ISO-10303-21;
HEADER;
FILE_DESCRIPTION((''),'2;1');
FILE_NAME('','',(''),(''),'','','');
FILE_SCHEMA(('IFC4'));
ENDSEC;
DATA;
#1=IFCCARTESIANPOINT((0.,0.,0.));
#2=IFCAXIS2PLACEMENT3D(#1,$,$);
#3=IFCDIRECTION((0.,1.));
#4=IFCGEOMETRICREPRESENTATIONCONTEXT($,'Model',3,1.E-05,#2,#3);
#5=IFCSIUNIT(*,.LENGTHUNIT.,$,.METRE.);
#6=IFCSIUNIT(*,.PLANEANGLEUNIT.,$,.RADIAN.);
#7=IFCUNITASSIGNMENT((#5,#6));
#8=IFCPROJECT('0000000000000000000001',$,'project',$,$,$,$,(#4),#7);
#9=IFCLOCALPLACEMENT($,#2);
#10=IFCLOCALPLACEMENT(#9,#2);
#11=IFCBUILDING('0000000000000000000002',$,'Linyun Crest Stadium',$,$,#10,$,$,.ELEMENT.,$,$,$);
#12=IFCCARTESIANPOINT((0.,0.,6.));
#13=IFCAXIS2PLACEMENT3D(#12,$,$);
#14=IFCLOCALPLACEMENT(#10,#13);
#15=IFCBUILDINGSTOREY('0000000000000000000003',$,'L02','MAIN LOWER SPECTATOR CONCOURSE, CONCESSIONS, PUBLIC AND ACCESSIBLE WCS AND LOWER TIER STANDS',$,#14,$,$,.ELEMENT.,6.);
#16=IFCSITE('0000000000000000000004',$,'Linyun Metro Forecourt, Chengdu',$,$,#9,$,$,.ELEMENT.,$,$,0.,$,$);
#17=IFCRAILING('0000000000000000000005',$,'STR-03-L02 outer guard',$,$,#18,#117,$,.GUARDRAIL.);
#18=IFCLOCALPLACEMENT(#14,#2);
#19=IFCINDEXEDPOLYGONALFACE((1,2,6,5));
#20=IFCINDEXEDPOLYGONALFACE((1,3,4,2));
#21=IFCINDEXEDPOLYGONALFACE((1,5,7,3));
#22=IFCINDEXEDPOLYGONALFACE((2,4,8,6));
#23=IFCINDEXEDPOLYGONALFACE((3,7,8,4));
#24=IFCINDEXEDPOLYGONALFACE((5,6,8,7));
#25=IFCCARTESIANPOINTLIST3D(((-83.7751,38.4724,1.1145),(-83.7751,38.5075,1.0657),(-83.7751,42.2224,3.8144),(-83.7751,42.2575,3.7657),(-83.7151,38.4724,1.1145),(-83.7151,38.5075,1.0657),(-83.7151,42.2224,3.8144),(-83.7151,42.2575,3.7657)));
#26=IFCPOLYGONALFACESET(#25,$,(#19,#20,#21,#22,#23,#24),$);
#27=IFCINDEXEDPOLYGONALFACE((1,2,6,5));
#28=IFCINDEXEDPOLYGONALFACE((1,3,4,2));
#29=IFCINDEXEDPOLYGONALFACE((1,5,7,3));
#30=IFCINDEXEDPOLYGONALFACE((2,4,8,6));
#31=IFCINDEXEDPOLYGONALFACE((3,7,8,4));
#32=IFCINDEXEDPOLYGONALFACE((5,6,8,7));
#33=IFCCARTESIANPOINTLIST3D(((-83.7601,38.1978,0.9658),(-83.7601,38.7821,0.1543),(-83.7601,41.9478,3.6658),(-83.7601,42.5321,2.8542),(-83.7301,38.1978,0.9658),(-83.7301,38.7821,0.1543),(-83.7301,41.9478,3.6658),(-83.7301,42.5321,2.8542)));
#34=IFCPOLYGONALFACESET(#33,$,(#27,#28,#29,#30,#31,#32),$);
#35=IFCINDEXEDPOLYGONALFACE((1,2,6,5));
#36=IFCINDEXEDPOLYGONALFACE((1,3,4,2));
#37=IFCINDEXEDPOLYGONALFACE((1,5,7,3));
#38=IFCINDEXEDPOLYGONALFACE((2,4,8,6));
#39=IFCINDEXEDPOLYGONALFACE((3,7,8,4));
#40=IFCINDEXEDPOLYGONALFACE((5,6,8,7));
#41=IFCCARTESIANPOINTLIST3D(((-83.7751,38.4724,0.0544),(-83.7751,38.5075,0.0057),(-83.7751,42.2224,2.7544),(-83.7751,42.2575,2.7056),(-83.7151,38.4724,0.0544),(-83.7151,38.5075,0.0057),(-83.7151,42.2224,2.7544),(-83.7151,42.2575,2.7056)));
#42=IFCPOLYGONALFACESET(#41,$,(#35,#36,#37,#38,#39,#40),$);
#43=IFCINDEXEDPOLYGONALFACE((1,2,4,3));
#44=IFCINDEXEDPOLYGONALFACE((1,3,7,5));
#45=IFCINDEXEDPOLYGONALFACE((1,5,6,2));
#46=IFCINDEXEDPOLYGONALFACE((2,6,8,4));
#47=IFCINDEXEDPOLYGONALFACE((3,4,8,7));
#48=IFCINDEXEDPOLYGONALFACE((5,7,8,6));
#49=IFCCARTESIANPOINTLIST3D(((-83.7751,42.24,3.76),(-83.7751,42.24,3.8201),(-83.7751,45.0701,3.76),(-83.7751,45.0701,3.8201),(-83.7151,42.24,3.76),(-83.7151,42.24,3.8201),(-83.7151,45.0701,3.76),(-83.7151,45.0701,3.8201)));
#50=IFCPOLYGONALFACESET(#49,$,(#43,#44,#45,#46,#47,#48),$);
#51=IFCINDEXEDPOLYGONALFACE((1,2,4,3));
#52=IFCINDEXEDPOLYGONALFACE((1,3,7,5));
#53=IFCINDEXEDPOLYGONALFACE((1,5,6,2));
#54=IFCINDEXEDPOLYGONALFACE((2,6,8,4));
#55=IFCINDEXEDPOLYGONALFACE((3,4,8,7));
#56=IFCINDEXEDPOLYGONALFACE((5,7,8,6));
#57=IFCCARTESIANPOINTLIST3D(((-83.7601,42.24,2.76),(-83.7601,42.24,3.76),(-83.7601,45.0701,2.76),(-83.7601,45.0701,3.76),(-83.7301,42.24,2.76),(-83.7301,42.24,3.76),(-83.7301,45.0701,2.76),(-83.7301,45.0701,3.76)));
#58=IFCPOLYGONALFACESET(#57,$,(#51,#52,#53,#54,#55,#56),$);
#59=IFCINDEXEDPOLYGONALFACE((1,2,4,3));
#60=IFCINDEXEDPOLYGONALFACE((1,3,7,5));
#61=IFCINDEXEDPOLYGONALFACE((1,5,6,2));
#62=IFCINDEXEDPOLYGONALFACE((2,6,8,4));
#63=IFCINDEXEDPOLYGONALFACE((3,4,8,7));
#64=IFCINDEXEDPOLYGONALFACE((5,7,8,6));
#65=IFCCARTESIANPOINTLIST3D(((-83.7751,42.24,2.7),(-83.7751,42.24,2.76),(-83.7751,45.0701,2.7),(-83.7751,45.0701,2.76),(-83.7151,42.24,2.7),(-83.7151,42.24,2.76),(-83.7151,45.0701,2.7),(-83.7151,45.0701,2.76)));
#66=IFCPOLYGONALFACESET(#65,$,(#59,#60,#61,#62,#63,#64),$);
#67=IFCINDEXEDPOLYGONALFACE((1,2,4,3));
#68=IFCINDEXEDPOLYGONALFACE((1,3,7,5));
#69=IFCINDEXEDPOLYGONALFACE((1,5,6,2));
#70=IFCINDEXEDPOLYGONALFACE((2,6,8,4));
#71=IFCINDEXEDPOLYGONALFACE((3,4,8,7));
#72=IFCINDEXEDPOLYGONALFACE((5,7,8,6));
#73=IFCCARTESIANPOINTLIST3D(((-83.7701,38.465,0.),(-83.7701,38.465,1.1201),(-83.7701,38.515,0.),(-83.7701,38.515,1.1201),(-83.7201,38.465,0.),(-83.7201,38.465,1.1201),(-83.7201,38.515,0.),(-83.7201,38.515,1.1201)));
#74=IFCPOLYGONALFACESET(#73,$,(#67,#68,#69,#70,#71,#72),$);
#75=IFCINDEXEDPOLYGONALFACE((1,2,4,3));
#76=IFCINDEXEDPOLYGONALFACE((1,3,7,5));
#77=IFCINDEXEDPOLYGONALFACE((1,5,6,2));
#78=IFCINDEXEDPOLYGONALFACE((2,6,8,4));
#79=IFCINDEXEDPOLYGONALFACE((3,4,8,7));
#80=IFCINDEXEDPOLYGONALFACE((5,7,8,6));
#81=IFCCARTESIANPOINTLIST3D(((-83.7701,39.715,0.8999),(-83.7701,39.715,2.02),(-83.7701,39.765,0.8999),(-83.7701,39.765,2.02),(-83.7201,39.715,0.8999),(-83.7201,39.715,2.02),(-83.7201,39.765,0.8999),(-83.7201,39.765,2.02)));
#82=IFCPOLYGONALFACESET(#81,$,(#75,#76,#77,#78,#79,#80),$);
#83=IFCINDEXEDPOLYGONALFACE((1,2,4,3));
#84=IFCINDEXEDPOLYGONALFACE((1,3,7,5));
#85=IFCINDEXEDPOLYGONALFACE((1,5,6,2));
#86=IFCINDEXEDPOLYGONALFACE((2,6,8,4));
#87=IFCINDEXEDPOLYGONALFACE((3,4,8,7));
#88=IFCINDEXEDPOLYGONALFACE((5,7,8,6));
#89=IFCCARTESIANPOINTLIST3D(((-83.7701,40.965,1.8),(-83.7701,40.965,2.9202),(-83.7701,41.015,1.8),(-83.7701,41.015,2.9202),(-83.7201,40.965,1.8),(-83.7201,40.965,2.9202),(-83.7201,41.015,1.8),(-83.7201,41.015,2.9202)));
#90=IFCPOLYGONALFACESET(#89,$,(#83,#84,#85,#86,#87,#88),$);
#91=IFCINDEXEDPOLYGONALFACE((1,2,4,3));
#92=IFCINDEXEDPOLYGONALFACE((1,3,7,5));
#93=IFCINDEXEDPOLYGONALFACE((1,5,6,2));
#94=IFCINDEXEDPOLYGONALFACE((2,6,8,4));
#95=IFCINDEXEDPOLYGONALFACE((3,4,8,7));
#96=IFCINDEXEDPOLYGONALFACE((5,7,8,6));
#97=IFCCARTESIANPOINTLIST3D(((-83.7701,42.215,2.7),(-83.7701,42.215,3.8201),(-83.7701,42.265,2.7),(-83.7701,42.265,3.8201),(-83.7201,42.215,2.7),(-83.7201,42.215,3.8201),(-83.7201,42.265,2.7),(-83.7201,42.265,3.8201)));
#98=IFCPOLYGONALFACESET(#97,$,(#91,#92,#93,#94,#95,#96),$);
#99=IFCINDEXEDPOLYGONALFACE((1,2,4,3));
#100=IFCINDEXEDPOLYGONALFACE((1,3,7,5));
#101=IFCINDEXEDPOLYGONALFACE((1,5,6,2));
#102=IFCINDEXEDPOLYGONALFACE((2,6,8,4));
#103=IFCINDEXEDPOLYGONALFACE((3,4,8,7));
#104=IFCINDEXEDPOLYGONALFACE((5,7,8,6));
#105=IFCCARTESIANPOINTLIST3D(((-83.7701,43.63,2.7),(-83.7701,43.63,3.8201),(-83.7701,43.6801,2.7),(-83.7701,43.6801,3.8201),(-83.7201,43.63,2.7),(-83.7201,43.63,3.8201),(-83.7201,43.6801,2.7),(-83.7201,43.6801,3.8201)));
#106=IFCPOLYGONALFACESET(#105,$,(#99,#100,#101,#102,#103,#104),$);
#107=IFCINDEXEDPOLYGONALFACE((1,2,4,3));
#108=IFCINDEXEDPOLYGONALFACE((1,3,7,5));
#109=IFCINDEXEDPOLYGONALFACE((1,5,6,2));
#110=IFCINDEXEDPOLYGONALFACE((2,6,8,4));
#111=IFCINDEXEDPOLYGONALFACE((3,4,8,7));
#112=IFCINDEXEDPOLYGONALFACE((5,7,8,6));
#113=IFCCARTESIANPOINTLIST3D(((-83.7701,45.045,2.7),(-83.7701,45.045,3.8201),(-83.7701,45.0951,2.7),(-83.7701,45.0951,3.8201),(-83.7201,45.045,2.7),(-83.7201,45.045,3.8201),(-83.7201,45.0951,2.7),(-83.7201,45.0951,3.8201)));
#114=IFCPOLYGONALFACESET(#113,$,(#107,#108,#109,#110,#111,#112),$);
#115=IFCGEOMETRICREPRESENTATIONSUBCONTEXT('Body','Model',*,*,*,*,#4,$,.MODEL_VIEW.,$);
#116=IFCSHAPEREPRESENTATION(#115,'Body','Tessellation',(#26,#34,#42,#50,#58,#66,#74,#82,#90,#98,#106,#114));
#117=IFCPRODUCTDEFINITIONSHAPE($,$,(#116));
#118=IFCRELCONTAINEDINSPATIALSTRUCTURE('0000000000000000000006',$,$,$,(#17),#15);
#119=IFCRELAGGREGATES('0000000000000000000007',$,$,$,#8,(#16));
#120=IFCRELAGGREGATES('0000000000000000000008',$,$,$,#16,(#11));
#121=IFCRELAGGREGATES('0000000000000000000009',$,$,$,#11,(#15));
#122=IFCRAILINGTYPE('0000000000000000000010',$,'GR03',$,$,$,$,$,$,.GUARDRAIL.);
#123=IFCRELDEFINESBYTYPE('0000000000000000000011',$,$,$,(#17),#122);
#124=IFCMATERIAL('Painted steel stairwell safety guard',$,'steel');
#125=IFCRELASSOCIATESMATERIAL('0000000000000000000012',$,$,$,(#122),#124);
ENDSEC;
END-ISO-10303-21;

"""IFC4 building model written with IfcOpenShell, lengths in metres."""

from ifc_helpers import new_model, si_unit, direction, frame, origin, origin_2d, place, context, subcontext, project, spatial, rectangle, extrude, material, type_object, element, save


model = new_model("IFC4")

# Units and contexts
model_context = context("Model", 3, precision=1e-05, world=origin(), true_north=direction((0.0, 1.0)))
body_context = subcontext(model_context, "Body", "Model", "MODEL_VIEW")
ifc_project = project(units=[si_unit("LENGTHUNIT", "METRE"), si_unit("PLANEANGLEUNIT", "RADIAN")], contexts=[model_context])

# Site, building, storey
site_placement = place(None, origin())
site = spatial("IfcSite", under=ifc_project, at=site_placement, Name="Linyun Metro Forecourt, Chengdu", CompositionType="ELEMENT", RefElevation=0.0)
building_placement = place(site_placement, origin())
building = spatial("IfcBuilding", under=site, at=building_placement, Name="Linyun Crest Stadium", CompositionType="ELEMENT")
storey_placement = place(building_placement, frame((0.0, 0.0, 6.0)))
storey = spatial("IfcBuildingStorey", under=building, at=storey_placement, Name="L02", Description="MAIN LOWER SPECTATOR CONCOURSE, CONCESSIONS, PUBLIC AND ACCESSIBLE WCS AND LOWER TIER STANDS", CompositionType="ELEMENT", Elevation=6.0)

# Railing
ifc_material_1 = material(Name="Painted steel stairwell safety guard", Category="steel")
railing_type_1 = type_object("IfcRailingType", Name="GR03", PredefinedType="GUARDRAIL", material=ifc_material_1)
railing_1_placement = place(storey_placement, frame((-83.7451, 38.49, 0.0)))
element("IfcRailing", 1, at=railing_1_placement, inside=storey, type_object=railing_type_1, Name="STR-03-L02 outer guard", PredefinedType="GUARDRAIL", context=body_context, shape_type="SweptSolid", body=[
    extrude(rectangle(XDim=0.0601, YDim=0.0601, at=origin_2d()), frame((0.0, 0.0, 1.0901), z_axis=(0.0, 0.811539, 0.584298), x_axis=(-1.0, 0.0, 0.0)), (0.0, 0.0, 1.0), 4.6208),
    extrude(rectangle(XDim=0.03, YDim=1.0, at=origin_2d()), frame((0.0, 0.0, 0.5601), z_axis=(0.0, 0.811539, 0.584298), x_axis=(-1.0, 0.0, 0.0)), (0.0, 0.0, 1.0), 4.6208),
    extrude(rectangle(XDim=0.0601, YDim=0.0601, at=origin_2d()), frame((0.0, 0.0, 0.03), z_axis=(0.0, 0.811539, 0.584298), x_axis=(-1.0, 0.0, 0.0)), (0.0, 0.0, 1.0), 4.6208),
    extrude(rectangle(XDim=0.0601, YDim=0.0601, at=origin_2d()), frame((0.0, 3.75, 3.79), z_axis=(0.0, 1.0, 0.0), x_axis=(-1.0, 0.0, 0.0)), (0.0, 0.0, 1.0), 2.8301),
    extrude(rectangle(XDim=0.03, YDim=1.0, at=origin_2d()), frame((0.0, 3.75, 3.26), z_axis=(0.0, 1.0, 0.0), x_axis=(-1.0, 0.0, 0.0)), (0.0, 0.0, 1.0), 2.8301),
    extrude(rectangle(XDim=0.0601, YDim=0.0601, at=origin_2d()), frame((0.0, 3.75, 2.73), z_axis=(0.0, 1.0, 0.0), x_axis=(-1.0, 0.0, 0.0)), (0.0, 0.0, 1.0), 2.8301),
    extrude(rectangle(XDim=0.05, YDim=0.05, at=origin_2d()), origin(), (0.0, 0.0, 1.0), 1.1201),
    extrude(rectangle(XDim=0.05, YDim=0.05, at=origin_2d()), frame((0.0, 1.25, 0.8999)), (0.0, 0.0, 1.0), 1.1201),
    extrude(rectangle(XDim=0.05, YDim=0.05, at=origin_2d()), frame((0.0, 2.5, 1.8)), (0.0, 0.0, 1.0), 1.1201),
    extrude(rectangle(XDim=0.05, YDim=0.05, at=origin_2d()), frame((0.0, 3.75, 2.7)), (0.0, 0.0, 1.0), 1.1201),
    extrude(rectangle(XDim=0.05, YDim=0.05, at=origin_2d()), frame((0.0, 5.165, 2.7)), (0.0, 0.0, 1.0), 1.1201),
    extrude(rectangle(XDim=0.05, YDim=0.05, at=origin_2d()), frame((0.0, 6.5801, 2.7)), (0.0, 0.0, 1.0), 1.1201),
])

save(model, "model.ifc")
